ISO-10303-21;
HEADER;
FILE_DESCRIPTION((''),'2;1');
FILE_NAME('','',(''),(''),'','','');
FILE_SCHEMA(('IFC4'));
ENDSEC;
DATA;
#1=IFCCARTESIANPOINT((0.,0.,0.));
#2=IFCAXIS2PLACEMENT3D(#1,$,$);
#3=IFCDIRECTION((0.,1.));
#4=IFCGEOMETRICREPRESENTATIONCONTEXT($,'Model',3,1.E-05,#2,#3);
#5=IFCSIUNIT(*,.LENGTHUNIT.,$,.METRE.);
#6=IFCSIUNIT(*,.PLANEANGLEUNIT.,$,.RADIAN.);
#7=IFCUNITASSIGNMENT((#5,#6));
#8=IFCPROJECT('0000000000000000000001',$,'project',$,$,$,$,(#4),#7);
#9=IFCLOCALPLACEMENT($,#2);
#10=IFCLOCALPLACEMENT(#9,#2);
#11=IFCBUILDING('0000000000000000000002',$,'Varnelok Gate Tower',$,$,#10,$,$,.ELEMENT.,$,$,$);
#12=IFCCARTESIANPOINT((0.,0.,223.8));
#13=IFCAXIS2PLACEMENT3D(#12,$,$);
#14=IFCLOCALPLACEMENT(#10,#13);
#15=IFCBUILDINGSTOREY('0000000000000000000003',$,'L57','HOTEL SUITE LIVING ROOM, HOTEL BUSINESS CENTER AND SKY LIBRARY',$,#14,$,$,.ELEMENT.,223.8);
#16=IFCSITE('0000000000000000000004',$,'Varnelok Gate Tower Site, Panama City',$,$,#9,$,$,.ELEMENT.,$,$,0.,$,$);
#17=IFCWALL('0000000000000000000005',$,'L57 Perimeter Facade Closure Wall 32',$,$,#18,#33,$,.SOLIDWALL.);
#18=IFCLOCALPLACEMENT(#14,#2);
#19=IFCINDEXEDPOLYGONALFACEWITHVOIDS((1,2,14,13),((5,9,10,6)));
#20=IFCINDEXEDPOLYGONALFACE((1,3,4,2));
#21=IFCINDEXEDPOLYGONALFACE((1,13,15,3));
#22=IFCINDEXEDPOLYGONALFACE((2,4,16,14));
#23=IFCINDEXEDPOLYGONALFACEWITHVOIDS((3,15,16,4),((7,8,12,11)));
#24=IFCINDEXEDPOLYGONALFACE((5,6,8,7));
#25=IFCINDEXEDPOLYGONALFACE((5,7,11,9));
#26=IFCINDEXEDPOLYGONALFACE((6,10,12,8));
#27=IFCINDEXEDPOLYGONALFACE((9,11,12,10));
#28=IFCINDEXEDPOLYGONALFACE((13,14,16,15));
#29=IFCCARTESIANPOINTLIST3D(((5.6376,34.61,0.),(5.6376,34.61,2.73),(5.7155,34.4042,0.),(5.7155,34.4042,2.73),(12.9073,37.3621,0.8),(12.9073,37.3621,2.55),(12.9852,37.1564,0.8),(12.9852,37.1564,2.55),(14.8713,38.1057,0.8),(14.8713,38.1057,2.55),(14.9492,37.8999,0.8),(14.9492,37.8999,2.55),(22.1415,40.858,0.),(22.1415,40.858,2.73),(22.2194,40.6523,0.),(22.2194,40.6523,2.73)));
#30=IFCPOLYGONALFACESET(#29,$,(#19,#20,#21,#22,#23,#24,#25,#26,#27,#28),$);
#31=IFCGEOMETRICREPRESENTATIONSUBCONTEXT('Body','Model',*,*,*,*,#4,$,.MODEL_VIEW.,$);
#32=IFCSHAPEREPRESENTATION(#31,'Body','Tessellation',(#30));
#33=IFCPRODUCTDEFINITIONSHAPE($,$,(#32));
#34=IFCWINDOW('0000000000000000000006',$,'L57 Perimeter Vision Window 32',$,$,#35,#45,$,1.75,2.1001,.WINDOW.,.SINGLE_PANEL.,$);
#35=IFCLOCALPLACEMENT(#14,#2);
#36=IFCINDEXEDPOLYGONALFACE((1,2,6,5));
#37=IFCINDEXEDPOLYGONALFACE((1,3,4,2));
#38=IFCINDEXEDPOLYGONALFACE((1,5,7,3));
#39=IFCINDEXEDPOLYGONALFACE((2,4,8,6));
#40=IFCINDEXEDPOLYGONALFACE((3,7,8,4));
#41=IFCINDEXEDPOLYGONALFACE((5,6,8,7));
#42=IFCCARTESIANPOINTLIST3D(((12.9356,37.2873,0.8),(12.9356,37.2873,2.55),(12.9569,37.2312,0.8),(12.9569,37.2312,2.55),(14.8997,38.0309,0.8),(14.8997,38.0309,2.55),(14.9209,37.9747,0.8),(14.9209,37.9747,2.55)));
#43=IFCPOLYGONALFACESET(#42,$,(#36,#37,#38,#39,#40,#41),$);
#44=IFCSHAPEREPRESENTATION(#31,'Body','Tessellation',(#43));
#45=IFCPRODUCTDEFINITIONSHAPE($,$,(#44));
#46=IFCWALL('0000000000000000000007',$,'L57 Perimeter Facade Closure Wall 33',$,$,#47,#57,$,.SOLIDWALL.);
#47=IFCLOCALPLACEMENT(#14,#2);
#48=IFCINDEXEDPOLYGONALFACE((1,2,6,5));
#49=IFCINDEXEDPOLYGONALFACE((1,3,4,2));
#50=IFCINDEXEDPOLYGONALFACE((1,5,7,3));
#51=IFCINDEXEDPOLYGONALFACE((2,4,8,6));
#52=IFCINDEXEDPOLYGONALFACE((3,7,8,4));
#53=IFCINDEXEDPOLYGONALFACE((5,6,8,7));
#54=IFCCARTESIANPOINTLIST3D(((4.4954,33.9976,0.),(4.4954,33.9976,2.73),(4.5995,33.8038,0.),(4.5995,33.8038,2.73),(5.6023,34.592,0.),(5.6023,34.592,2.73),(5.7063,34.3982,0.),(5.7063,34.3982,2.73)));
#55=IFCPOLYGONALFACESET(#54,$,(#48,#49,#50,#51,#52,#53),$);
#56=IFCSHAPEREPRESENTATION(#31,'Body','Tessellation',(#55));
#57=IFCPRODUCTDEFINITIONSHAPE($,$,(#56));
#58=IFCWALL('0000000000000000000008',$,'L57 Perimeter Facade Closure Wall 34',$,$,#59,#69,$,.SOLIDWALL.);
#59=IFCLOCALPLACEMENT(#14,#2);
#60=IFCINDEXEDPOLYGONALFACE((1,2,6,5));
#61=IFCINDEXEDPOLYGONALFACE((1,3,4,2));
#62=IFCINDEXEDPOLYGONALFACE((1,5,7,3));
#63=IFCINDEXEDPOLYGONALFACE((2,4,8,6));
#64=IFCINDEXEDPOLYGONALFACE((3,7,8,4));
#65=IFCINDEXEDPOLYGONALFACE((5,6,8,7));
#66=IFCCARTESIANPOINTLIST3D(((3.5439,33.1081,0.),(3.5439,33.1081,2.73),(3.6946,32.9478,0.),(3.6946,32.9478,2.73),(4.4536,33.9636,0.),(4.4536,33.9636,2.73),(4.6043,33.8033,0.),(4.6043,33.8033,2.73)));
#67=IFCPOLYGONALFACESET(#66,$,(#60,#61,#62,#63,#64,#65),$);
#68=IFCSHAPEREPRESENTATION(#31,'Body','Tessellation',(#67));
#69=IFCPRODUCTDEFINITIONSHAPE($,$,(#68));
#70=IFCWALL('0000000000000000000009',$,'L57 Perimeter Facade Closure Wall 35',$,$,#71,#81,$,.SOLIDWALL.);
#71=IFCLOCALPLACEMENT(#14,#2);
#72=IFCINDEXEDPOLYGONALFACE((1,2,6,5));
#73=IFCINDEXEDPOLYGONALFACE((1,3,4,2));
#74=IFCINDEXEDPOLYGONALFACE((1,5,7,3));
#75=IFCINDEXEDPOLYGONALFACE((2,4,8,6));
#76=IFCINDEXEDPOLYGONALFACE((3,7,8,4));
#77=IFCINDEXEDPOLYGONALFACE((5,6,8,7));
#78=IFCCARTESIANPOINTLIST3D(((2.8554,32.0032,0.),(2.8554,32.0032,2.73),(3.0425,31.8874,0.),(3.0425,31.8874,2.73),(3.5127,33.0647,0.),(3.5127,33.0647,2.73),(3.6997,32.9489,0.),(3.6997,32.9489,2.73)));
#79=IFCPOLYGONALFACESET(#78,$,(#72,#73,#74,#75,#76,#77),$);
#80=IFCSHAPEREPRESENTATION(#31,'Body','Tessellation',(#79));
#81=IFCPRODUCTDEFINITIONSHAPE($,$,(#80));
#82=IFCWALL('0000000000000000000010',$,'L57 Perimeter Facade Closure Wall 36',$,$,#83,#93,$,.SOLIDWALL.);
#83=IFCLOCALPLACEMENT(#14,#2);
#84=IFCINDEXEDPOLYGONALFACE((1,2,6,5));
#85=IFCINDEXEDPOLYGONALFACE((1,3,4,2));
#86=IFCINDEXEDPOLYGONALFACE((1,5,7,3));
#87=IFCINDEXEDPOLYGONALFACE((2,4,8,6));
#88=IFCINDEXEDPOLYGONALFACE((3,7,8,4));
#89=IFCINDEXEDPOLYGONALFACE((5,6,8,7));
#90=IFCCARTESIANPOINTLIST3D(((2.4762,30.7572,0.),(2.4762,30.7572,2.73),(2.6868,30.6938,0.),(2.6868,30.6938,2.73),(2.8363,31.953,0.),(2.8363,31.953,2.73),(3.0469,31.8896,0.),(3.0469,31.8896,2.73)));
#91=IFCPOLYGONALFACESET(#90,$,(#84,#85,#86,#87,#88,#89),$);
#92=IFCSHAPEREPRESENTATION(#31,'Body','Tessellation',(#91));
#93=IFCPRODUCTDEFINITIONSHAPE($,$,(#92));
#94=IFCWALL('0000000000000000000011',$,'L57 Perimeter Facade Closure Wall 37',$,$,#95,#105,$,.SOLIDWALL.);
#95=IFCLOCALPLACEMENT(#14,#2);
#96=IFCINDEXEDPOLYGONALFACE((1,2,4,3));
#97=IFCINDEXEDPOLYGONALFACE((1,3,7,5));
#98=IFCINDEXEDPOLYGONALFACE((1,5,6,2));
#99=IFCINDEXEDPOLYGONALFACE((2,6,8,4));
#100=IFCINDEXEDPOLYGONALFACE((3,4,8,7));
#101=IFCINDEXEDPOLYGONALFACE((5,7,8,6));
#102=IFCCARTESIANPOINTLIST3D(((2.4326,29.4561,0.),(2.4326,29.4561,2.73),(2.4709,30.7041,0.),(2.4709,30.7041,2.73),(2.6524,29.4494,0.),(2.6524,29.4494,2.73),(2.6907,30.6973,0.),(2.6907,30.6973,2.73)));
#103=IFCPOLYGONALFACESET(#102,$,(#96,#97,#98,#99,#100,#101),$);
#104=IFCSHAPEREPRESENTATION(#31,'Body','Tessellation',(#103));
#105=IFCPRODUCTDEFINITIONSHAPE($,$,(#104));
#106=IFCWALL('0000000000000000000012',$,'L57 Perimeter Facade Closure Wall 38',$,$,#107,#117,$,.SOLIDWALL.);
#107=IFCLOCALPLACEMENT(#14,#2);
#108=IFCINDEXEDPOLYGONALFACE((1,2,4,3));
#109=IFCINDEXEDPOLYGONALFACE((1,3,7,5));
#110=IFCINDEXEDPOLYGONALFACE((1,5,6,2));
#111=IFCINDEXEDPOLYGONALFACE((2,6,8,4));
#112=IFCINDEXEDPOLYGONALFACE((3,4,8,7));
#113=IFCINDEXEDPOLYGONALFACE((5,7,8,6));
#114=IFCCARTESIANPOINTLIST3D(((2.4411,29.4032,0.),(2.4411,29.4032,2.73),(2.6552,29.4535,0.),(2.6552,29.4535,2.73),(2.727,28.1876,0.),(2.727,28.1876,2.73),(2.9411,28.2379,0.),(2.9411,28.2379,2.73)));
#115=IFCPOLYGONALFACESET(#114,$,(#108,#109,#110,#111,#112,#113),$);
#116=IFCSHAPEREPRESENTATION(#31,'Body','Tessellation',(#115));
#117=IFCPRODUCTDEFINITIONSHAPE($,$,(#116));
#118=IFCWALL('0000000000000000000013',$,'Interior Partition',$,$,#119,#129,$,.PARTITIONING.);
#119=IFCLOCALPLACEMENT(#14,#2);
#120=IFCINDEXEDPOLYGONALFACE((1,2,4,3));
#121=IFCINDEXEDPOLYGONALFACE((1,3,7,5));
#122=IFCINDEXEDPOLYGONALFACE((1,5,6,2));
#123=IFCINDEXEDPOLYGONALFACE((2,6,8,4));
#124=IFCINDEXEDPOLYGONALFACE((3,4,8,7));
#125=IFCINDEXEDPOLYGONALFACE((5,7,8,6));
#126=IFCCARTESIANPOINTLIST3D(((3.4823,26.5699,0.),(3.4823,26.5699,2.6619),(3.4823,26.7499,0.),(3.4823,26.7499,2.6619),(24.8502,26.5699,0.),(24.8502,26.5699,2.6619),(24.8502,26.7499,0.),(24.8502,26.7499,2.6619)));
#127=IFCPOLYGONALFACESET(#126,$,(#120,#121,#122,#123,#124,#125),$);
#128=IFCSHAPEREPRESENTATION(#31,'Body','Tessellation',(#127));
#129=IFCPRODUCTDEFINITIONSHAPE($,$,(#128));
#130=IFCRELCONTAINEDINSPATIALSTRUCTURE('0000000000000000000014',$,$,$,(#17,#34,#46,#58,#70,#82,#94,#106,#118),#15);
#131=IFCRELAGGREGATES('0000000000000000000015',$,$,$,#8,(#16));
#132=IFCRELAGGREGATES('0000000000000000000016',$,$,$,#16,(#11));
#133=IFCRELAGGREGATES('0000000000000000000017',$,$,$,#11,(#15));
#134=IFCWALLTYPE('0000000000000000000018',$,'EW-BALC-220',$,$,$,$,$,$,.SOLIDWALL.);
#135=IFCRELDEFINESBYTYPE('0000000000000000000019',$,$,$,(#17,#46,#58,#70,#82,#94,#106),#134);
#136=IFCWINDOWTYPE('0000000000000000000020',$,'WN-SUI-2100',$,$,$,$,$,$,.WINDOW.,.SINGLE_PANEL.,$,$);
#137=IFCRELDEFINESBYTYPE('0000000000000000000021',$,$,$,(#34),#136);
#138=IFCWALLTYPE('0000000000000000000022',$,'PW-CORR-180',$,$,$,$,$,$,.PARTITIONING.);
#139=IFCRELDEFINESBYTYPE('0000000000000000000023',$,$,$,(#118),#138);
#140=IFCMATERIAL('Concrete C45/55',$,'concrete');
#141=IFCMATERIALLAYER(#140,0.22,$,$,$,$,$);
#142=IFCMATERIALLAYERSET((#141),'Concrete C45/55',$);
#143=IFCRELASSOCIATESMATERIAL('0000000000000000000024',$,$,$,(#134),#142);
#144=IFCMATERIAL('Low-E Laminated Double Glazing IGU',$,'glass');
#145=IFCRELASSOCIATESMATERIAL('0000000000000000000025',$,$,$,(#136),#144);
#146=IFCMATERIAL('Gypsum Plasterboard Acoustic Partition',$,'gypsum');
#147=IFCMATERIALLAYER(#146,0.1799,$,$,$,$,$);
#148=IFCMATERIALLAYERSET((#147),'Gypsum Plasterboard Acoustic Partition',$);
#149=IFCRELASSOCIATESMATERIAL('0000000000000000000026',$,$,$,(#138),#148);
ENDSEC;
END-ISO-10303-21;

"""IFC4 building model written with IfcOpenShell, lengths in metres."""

from ifc_helpers import new_model, si_unit, direction, frame, frame_2d, origin, place, context, subcontext, project, spatial, rectangle, extrude, material, layer, layer_set, type_object, element, fill, save


model = new_model("IFC4")

# Units and contexts
model_context = context("Model", 3, precision=1e-05, world=origin(), true_north=direction((0.0, 1.0)))
body_context = subcontext(model_context, "Body", "Model", "MODEL_VIEW")
ifc_project = project(units=[si_unit("LENGTHUNIT", "METRE"), si_unit("PLANEANGLEUNIT", "RADIAN")], contexts=[model_context])

# Site, building, storey
site_placement = place(None, origin())
site = spatial("IfcSite", under=ifc_project, at=site_placement, Name="Varnelok Gate Tower Site, Panama City", CompositionType="ELEMENT", RefElevation=0.0)
building_placement = place(site_placement, origin())
building = spatial("IfcBuilding", under=site, at=building_placement, Name="Varnelok Gate Tower", CompositionType="ELEMENT")
storey_placement = place(building_placement, frame((0.0, 0.0, 223.8)))
storey = spatial("IfcBuildingStorey", under=building, at=storey_placement, Name="L57", Description="HOTEL SUITE LIVING ROOM, HOTEL BUSINESS CENTER AND SKY LIBRARY", CompositionType="ELEMENT", Elevation=223.8)

# Shared definitions
ifc_material_1 = material(Name="Low-E Laminated Double Glazing IGU", Category="glass")

# Wall, opening, window
ifc_material_2 = material(Name="Concrete C45/55", Category="concrete")
ifc_layer_1 = layer(ifc_material_2, 0.22)
ifc_layer_set_1 = layer_set([ifc_layer_1], Name="Concrete C45/55")
wall_type_1 = type_object("IfcWallType", Name="EW-BALC-220", PredefinedType="SOLIDWALL", material=ifc_layer_set_1)
wall_1_placement = place(storey_placement, frame((22.1804, 40.7551, 0.0), z_axis=(0.0, 0.0, 1.0), x_axis=(-0.935224, -0.354057, 0.0)))
wall_1 = element("IfcWall", 1, at=wall_1_placement, inside=storey, type_object=wall_type_1, Name="L57 Perimeter Facade Closure Wall 32", PredefinedType="SOLIDWALL", context=body_context, shape_type="SweptSolid", body=[
    extrude(rectangle(XDim=17.647, YDim=0.22, at=frame_2d((8.8235, 0.0))), origin(), (0.0, 0.0, 1.0), 2.73),
])
opening_placement = place(wall_1_placement, frame((7.7737, 0.0, 0.8)))
opening = element("IfcOpeningElement", 2, at=opening_placement, cuts=wall_1, PredefinedType="OPENING", context=body_context, shape_type="SweptSolid", body=[
    extrude(rectangle(XDim=2.1001, YDim=1.75, at=frame_2d((1.05, 0.875))), frame((0.0, 0.1199, 0.0), z_axis=(0.0, -1.0, 0.0), x_axis=(1.0, 0.0, 0.0)), (0.0, 0.0, 1.0), 0.24),
])
window_type = type_object("IfcWindowType", Name="WN-SUI-2100", PartitioningType="SINGLE_PANEL", PredefinedType="WINDOW", material=ifc_material_1)
window_placement = place(opening_placement, origin())
window = element("IfcWindow", 3, at=window_placement, inside=storey, type_object=window_type, Name="L57 Perimeter Vision Window 32", OverallHeight=1.75, OverallWidth=2.1001, PartitioningType="SINGLE_PANEL", PredefinedType="WINDOW", context=body_context, shape_type="SweptSolid", body=[
    extrude(rectangle(XDim=2.1001, YDim=1.75, at=frame_2d((1.05, 0.875))), frame((0.0, 0.03, 0.0), z_axis=(0.0, -1.0, 0.0), x_axis=(1.0, 0.0, 0.0)), (0.0, 0.0, 1.0), 0.0601),
])
fill(opening, window)

# Walls
wall_2_placement = place(storey_placement, frame((5.6543, 34.4951, 0.0), z_axis=(0.0, 0.0, 1.0), x_axis=(-0.880988, -0.473138, 0.0)))
element("IfcWall", 4, at=wall_2_placement, inside=storey, type_object=wall_type_1, Name="L57 Perimeter Facade Closure Wall 33", PredefinedType="SOLIDWALL", context=body_context, shape_type="SweptSolid", body=[
    extrude(rectangle(XDim=1.2563, YDim=0.22, at=frame_2d((0.6282, 0.0))), origin(), (0.0, 0.0, 1.0), 2.73),
])
wall_3_placement = place(storey_placement, frame((4.5291, 33.8835, 0.0), z_axis=(0.0, 0.0, 1.0), x_axis=(-0.728475, -0.685072, 0.0)))
element("IfcWall", 5, at=wall_3_placement, inside=storey, type_object=wall_type_1, Name="L57 Perimeter Facade Closure Wall 34", PredefinedType="SOLIDWALL", context=body_context, shape_type="SweptSolid", body=[
    extrude(rectangle(XDim=1.2488, YDim=0.22, at=frame_2d((0.6245, 0.0))), origin(), (0.0, 0.0, 1.0), 2.73),
])
wall_4_placement = place(storey_placement, frame((3.6062, 33.0068, 0.0), z_axis=(0.0, 0.0, 1.0), x_axis=(-0.526408, -0.850232, 0.0)))
element("IfcWall", 6, at=wall_4_placement, inside=storey, type_object=wall_type_1, Name="L57 Perimeter Facade Closure Wall 35", PredefinedType="SOLIDWALL", context=body_context, shape_type="SweptSolid", body=[
    extrude(rectangle(XDim=1.2485, YDim=0.22, at=frame_2d((0.6243, 0.0))), origin(), (0.0, 0.0, 1.0), 2.73),
])
wall_5_placement = place(storey_placement, frame((2.9417, 31.9214, 0.0), z_axis=(0.0, 0.0, 1.0), x_axis=(-0.288352, -0.957524, 0.0)))
element("IfcWall", 7, at=wall_5_placement, inside=storey, type_object=wall_type_1, Name="L57 Perimeter Facade Closure Wall 36", PredefinedType="SOLIDWALL", context=body_context, shape_type="SweptSolid", body=[
    extrude(rectangle(XDim=1.2488, YDim=0.22, at=frame_2d((0.6245, 0.0))), origin(), (0.0, 0.0, 1.0), 2.73),
])
wall_6_placement = place(storey_placement, frame((2.5808, 30.7007, 0.0), z_axis=(0.0, 0.0, 1.0), x_axis=(-0.030698, -0.999529, 0.0)))
element("IfcWall", 8, at=wall_6_placement, inside=storey, type_object=wall_type_1, Name="L57 Perimeter Facade Closure Wall 37", PredefinedType="SOLIDWALL", context=body_context, shape_type="SweptSolid", body=[
    extrude(rectangle(XDim=1.2485, YDim=0.22, at=frame_2d((0.6243, 0.0))), origin(), (0.0, 0.0, 1.0), 2.73),
])
wall_7_placement = place(storey_placement, frame((2.5481, 29.4285, 0.0), z_axis=(0.0, 0.0, 1.0), x_axis=(0.228941, -0.97344, 0.0)))
element("IfcWall", 9, at=wall_7_placement, inside=storey, type_object=wall_type_1, Name="L57 Perimeter Facade Closure Wall 38", PredefinedType="SOLIDWALL", context=body_context, shape_type="SweptSolid", body=[
    extrude(rectangle(XDim=1.2488, YDim=0.22, at=frame_2d((0.6245, 0.0))), origin(), (0.0, 0.0, 1.0), 2.73),
])
ifc_material_3 = material(Name="Gypsum Plasterboard Acoustic Partition", Category="gypsum")
ifc_layer_2 = layer(ifc_material_3, 0.1799)
ifc_layer_set_2 = layer_set([ifc_layer_2], Name="Gypsum Plasterboard Acoustic Partition")
wall_type_2 = type_object("IfcWallType", Name="PW-CORR-180", PredefinedType="PARTITIONING", material=ifc_layer_set_2)
wall_8_placement = place(storey_placement, frame((3.4822, 26.6599, 0.0), z_axis=(0.0, 0.0, 1.0), x_axis=(1.0, 0.0, 0.0)))
element("IfcWall", 10, at=wall_8_placement, inside=storey, type_object=wall_type_2, Name="Interior Partition", PredefinedType="PARTITIONING", context=body_context, shape_type="SweptSolid", body=[
    extrude(rectangle(XDim=21.3679, YDim=0.1799, at=frame_2d((10.6841, 0.0))), origin(), (0.0, 0.0, 1.0), 2.6619),
])

save(model, "model.ifc")
